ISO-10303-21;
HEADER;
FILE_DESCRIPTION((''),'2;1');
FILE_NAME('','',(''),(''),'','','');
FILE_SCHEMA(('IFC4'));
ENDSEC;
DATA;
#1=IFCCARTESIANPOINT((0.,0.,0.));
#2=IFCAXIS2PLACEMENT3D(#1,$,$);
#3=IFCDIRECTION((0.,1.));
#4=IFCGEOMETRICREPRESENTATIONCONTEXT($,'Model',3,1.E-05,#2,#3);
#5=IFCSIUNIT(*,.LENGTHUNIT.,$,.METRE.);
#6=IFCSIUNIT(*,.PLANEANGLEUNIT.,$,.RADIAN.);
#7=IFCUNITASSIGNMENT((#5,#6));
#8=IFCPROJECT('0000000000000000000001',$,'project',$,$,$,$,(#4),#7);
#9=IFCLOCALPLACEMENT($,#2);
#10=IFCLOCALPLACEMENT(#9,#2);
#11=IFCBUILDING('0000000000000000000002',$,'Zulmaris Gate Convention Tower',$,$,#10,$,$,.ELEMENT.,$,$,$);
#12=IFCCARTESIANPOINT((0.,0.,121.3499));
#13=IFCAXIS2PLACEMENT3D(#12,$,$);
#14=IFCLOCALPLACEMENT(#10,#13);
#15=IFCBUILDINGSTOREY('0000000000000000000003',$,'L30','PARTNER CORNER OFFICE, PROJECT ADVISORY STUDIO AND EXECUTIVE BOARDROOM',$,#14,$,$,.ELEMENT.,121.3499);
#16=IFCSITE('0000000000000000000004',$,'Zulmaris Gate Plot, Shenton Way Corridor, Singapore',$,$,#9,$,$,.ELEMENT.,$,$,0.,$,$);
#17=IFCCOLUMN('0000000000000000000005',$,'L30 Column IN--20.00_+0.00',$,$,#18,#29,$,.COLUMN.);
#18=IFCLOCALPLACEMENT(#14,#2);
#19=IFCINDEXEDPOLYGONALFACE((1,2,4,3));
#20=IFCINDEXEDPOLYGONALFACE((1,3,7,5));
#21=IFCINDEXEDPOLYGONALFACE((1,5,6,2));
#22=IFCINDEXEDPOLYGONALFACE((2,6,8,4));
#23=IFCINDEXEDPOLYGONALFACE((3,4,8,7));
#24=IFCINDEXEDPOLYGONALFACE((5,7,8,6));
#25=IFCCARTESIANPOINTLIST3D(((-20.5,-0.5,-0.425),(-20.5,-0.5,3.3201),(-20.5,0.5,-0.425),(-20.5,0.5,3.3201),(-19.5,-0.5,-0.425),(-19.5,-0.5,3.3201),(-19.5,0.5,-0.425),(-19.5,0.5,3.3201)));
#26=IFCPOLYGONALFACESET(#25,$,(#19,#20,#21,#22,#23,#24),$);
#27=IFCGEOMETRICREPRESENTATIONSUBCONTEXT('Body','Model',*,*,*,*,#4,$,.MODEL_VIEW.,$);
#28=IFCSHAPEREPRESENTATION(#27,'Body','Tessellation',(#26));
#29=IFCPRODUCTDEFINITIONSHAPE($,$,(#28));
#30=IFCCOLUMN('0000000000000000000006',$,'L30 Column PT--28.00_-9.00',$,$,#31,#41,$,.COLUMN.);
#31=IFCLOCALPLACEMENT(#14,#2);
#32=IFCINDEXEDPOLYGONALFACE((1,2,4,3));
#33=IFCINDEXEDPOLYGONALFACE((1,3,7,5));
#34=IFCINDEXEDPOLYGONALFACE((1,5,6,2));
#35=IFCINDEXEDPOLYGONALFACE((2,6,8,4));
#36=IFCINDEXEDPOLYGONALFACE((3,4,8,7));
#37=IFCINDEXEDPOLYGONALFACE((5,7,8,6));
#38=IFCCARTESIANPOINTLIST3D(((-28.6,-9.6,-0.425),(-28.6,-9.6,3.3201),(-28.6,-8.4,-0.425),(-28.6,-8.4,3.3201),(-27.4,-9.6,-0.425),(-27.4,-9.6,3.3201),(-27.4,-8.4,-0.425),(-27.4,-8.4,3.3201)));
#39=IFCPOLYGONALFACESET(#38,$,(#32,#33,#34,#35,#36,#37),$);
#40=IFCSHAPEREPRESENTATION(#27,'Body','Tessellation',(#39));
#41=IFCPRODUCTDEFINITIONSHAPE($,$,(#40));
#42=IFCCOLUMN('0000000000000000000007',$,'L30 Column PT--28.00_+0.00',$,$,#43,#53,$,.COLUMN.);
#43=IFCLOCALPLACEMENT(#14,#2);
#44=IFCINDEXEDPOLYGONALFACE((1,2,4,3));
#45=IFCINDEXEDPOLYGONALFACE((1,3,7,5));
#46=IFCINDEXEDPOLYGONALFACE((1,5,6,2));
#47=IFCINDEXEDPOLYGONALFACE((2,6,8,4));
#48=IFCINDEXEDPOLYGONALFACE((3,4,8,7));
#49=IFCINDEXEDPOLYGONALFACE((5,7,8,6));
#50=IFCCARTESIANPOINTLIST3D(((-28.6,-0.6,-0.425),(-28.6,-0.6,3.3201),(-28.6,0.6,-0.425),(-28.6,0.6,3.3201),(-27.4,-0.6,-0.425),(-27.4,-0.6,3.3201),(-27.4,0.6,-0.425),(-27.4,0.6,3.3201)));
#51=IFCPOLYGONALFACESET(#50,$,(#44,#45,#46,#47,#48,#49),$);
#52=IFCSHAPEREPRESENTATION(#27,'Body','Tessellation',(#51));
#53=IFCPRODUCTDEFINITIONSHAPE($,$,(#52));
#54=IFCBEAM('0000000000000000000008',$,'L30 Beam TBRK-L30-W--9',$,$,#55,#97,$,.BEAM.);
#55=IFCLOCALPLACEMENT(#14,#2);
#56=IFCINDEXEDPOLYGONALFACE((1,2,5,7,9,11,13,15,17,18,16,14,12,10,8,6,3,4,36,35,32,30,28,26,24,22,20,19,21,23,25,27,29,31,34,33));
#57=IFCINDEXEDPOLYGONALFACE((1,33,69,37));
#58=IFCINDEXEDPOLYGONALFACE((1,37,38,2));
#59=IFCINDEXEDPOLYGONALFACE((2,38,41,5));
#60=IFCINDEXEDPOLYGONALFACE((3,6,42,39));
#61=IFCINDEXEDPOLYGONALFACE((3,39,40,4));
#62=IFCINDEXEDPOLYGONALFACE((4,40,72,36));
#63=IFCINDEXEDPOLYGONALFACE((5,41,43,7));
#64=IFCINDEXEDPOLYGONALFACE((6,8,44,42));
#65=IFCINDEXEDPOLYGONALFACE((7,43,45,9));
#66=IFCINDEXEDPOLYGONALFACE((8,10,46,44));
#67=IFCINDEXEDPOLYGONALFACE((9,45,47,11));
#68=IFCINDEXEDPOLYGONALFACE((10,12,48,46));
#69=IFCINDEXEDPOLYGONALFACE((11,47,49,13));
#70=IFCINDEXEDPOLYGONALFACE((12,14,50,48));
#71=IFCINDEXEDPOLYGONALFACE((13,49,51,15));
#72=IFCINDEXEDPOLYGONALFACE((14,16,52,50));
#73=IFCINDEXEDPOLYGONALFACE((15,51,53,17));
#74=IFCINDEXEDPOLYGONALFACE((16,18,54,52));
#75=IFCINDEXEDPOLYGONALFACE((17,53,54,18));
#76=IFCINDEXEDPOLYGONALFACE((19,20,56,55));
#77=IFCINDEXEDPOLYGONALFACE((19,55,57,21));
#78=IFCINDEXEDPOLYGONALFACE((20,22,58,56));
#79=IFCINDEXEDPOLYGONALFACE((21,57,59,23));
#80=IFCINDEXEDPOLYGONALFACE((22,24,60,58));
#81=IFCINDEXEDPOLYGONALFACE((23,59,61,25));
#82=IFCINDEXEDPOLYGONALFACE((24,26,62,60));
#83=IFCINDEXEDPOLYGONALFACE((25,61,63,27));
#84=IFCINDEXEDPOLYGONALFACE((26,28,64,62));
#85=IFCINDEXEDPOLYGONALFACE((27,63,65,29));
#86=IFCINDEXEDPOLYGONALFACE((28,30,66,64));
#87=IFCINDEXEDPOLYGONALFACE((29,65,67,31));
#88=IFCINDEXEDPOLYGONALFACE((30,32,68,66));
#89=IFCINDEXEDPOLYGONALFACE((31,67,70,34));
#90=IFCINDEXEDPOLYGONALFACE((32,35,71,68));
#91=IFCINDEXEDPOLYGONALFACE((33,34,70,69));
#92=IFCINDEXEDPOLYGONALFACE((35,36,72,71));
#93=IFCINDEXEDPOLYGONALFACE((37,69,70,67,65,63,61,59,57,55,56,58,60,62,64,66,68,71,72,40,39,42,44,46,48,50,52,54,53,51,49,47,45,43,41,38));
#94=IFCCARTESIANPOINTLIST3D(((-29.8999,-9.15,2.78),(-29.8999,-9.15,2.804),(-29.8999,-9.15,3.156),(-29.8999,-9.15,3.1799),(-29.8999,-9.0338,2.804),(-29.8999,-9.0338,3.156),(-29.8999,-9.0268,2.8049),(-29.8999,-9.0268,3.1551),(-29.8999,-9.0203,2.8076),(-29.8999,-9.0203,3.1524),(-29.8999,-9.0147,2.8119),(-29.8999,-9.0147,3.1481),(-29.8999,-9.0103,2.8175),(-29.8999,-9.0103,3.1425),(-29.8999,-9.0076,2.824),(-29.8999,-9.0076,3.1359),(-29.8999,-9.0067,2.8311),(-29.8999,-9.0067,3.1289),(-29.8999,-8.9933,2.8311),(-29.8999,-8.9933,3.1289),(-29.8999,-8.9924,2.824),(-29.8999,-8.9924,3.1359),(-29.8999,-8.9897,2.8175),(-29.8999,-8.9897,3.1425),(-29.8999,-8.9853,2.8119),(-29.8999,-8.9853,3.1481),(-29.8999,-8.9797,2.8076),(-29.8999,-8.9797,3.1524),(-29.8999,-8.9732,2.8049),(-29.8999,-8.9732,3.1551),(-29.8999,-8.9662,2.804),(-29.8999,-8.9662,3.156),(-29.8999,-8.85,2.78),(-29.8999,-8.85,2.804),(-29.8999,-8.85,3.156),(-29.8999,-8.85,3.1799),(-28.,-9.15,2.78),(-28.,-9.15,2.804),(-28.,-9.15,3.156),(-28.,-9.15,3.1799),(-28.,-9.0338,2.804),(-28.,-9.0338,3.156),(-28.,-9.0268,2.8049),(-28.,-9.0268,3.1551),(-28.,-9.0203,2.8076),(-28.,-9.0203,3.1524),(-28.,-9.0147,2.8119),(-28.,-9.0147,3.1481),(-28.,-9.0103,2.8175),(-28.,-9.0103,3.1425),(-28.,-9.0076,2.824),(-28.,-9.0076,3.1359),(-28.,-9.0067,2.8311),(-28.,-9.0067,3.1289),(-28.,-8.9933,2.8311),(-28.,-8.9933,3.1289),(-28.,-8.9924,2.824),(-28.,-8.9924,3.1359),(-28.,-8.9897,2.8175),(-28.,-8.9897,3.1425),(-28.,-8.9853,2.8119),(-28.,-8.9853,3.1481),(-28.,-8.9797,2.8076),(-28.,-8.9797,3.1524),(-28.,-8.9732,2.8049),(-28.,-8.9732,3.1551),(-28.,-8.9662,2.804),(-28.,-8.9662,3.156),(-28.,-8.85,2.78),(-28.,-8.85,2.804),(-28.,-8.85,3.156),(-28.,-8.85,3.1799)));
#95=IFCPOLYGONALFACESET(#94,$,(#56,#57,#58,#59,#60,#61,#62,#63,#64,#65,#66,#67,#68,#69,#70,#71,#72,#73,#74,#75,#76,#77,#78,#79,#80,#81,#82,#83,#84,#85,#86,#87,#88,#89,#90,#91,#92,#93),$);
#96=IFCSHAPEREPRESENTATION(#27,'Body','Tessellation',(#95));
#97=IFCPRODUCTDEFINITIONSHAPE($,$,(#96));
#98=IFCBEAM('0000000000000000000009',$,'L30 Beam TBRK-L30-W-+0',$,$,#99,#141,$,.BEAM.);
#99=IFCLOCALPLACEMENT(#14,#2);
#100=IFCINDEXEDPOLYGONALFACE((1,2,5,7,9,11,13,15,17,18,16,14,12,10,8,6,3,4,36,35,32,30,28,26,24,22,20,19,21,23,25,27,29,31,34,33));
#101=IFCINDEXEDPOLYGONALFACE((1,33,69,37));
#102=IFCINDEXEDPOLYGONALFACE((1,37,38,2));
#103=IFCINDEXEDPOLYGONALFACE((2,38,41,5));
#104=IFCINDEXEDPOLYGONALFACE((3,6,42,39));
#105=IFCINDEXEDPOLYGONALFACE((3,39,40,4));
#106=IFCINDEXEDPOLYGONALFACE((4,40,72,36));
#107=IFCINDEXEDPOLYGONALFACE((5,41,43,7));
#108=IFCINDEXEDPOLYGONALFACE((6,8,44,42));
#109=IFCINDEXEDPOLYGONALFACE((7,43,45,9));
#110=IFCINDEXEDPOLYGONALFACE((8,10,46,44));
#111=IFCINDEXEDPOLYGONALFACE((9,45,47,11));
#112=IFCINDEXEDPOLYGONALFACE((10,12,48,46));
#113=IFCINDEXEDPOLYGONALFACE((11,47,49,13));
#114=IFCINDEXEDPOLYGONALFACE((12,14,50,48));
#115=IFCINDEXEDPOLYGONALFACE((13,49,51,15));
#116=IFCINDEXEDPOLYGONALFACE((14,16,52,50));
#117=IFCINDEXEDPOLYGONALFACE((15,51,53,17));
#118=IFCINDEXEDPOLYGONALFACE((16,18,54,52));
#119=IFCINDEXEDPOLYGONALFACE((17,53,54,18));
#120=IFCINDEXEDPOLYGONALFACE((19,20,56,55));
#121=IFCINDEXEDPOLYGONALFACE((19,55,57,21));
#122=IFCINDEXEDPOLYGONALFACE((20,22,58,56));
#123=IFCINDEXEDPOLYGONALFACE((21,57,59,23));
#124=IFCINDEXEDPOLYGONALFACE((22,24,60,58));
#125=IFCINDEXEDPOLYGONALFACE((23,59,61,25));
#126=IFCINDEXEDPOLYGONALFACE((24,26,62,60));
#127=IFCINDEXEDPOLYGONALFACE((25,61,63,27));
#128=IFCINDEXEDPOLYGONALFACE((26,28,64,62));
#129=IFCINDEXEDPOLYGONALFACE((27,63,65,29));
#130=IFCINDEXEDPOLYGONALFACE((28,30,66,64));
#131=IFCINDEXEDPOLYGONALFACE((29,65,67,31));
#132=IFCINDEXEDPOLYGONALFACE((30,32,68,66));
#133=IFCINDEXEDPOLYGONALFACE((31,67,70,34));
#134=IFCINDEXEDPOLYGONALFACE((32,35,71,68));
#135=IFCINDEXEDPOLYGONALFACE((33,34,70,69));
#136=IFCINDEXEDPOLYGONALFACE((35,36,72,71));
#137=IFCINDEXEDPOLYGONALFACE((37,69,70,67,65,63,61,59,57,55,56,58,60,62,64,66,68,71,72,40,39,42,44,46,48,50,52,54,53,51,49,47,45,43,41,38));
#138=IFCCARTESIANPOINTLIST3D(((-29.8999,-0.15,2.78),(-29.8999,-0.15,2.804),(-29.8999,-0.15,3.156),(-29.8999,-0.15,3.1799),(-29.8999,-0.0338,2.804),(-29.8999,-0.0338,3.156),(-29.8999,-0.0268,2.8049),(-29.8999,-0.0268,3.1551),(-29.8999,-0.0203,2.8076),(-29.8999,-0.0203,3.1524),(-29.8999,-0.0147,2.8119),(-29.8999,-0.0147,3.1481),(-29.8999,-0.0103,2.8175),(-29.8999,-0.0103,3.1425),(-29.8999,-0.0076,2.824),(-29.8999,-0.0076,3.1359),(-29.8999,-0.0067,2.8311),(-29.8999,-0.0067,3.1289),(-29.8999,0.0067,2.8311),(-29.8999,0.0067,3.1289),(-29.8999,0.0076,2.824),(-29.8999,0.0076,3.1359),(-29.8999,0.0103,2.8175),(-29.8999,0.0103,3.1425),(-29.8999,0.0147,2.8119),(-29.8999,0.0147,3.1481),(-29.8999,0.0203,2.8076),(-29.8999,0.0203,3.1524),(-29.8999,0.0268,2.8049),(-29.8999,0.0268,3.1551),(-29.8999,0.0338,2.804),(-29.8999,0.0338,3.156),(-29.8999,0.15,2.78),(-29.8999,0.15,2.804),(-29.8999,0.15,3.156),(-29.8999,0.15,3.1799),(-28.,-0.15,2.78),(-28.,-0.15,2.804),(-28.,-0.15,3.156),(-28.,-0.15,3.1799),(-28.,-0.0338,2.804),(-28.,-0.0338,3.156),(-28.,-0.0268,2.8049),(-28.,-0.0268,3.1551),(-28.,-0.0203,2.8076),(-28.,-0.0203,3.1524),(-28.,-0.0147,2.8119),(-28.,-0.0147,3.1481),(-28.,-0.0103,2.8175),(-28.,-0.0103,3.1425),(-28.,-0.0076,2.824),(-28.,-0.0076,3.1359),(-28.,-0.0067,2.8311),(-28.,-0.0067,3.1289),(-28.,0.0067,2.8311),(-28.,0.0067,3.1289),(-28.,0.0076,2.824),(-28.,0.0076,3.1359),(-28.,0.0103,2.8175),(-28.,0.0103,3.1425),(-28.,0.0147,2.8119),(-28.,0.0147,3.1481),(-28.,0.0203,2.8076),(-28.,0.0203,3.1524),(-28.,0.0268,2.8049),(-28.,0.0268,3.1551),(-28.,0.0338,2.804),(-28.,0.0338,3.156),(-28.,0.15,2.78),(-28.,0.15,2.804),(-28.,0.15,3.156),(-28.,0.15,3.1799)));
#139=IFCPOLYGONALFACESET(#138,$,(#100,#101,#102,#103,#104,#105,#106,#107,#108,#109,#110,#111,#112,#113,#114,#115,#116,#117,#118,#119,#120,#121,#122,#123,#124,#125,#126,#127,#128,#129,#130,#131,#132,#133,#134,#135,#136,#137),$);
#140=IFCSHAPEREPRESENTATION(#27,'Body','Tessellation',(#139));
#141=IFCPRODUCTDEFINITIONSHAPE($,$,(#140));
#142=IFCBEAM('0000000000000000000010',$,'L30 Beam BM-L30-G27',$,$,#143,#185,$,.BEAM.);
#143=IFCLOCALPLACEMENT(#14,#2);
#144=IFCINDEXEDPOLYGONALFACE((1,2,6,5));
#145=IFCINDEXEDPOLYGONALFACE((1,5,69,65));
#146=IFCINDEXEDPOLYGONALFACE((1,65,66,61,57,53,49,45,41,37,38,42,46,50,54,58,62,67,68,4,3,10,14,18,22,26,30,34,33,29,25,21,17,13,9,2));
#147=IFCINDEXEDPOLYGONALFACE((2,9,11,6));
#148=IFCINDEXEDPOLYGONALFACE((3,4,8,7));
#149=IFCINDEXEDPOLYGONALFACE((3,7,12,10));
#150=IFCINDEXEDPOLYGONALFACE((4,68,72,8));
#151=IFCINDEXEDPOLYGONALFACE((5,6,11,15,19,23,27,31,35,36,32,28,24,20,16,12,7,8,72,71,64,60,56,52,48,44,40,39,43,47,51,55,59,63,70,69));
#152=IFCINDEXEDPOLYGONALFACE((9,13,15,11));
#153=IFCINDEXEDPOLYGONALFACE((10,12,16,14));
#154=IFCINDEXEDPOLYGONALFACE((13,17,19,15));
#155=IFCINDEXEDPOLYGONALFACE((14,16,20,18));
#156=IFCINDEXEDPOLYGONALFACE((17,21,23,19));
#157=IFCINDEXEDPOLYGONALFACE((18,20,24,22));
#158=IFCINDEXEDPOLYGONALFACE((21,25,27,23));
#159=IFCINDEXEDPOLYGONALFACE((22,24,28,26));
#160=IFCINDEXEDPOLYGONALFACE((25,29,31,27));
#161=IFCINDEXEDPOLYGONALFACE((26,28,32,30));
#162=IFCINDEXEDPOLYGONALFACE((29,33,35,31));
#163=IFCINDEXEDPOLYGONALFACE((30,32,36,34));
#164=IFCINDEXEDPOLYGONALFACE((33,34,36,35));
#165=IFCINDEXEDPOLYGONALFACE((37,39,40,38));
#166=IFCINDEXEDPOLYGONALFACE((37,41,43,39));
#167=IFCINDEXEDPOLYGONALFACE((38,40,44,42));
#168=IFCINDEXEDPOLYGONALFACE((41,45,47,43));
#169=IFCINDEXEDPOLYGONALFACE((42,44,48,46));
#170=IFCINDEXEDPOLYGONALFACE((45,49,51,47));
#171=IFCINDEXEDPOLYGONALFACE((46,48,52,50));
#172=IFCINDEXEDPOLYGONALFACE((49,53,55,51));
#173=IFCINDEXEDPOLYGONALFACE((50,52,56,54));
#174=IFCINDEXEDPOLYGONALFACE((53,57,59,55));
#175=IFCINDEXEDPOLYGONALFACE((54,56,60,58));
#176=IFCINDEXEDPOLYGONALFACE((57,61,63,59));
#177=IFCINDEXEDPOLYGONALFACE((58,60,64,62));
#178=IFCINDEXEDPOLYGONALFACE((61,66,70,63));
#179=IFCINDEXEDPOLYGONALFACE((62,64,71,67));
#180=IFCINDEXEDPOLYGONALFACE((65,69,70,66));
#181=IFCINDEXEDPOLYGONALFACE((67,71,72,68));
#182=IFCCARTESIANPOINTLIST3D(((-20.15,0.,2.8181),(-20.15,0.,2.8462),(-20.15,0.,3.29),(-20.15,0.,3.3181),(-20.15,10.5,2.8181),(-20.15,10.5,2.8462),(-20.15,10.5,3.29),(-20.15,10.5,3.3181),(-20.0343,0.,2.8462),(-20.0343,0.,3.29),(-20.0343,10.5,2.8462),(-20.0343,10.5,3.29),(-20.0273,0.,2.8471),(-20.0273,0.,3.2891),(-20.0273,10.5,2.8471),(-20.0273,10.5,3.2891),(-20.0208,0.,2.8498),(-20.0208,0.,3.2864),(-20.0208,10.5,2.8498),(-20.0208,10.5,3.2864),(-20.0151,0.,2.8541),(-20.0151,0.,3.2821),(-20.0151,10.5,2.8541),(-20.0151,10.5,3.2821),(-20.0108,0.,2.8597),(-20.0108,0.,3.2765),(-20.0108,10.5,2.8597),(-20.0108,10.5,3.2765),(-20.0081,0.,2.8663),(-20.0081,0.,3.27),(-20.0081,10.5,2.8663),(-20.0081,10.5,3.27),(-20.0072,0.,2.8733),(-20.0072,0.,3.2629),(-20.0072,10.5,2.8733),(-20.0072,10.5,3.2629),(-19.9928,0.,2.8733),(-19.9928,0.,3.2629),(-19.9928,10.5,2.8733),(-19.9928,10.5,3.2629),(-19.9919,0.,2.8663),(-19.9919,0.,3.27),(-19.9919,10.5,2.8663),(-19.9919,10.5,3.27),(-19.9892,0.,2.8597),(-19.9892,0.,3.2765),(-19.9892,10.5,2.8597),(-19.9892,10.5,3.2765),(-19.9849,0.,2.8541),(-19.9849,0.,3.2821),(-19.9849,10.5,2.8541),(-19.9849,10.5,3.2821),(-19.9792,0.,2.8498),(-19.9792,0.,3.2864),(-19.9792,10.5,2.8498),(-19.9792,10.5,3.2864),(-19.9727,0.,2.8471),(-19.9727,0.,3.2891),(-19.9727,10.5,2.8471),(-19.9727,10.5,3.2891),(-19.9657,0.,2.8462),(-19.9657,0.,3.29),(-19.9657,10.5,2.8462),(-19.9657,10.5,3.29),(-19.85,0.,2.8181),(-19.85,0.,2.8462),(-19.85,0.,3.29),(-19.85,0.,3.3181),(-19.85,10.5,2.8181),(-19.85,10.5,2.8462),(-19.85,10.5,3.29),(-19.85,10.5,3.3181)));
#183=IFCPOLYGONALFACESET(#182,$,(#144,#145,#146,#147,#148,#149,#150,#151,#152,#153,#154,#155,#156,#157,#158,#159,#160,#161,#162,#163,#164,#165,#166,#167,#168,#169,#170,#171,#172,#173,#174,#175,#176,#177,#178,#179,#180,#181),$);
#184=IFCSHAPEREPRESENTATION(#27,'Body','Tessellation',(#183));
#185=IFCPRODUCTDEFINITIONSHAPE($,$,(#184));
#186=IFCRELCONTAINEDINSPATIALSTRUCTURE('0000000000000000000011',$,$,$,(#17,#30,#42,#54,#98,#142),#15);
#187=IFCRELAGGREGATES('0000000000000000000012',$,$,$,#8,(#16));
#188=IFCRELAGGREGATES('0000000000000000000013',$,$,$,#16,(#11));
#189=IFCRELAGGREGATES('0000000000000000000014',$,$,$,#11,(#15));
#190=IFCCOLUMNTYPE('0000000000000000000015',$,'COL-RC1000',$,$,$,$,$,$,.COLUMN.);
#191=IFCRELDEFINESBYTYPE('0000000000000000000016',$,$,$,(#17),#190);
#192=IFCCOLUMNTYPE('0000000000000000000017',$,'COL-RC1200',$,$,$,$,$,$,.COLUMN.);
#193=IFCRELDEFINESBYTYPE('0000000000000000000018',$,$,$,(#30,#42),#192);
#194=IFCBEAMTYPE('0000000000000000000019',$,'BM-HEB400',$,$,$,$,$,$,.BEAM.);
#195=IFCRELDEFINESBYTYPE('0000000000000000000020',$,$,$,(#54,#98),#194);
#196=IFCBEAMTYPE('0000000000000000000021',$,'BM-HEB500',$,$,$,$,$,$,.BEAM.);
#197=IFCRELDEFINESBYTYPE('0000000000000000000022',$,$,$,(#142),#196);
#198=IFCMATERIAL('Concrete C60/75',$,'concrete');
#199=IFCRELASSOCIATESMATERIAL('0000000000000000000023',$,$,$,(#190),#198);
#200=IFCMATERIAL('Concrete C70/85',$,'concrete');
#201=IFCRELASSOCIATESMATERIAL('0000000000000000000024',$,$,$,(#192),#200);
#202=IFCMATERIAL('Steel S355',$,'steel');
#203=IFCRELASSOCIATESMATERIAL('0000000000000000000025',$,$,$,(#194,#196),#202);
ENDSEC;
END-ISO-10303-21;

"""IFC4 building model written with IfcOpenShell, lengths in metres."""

from ifc_helpers import new_model, si_unit, direction, frame, origin, origin_2d, place, context, subcontext, project, spatial, rectangle, i_section, extrude, material, material_profile, profile_set, type_object, element, save


model = new_model("IFC4")

# Units and contexts
model_context = context("Model", 3, precision=1e-05, world=origin(), true_north=direction((0.0, 1.0)))
body_context = subcontext(model_context, "Body", "Model", "MODEL_VIEW")
ifc_project = project(units=[si_unit("LENGTHUNIT", "METRE"), si_unit("PLANEANGLEUNIT", "RADIAN")], contexts=[model_context])

# Site, building, storey
site_placement = place(None, origin())
site = spatial("IfcSite", under=ifc_project, at=site_placement, Name="Zulmaris Gate Plot, Shenton Way Corridor, Singapore", CompositionType="ELEMENT", RefElevation=0.0)
building_placement = place(site_placement, origin())
building = spatial("IfcBuilding", under=site, at=building_placement, Name="Zulmaris Gate Convention Tower", CompositionType="ELEMENT")
storey_placement = place(building_placement, frame((0.0, 0.0, 121.3499)))
storey = spatial("IfcBuildingStorey", under=building, at=storey_placement, Name="L30", Description="PARTNER CORNER OFFICE, PROJECT ADVISORY STUDIO AND EXECUTIVE BOARDROOM", CompositionType="ELEMENT", Elevation=121.3499)

# Columns
ifc_material_1 = material(Name="Concrete C60/75", Category="concrete")
ifc_material_profile_1 = material_profile(ifc_material_1, rectangle(XDim=1.0, YDim=1.0, at=origin_2d()), Name="RC COL 1000x1000")
ifc_profile_set_1 = profile_set([ifc_material_profile_1], Name="Concrete C60/75")
column_type_1 = type_object("IfcColumnType", Name="COL-RC1000", PredefinedType="COLUMN", material=ifc_profile_set_1)
column_placement = place(storey_placement, frame((-20.0, 0.0, -0.425), z_axis=(0.0, 0.0, 1.0), x_axis=(1.0, 0.0, 0.0)))
element("IfcColumn", 1, at=column_placement, inside=storey, type_object=column_type_1, Name="L30 Column IN--20.00_+0.00", PredefinedType="COLUMN", context=body_context, shape_type="SweptSolid", body=[
    extrude(rectangle(XDim=1.0, YDim=1.0, at=origin_2d()), origin(), (0.0, 0.0, 1.0), 3.7451),
])
ifc_material_2 = material(Name="Concrete C70/85", Category="concrete")
ifc_material_profile_2 = material_profile(ifc_material_2, rectangle(XDim=1.2, YDim=1.2, at=origin_2d()), Name="RC COL 1200x1200")
ifc_profile_set_2 = profile_set([ifc_material_profile_2], Name="Concrete C70/85")
column_type_2 = type_object("IfcColumnType", Name="COL-RC1200", PredefinedType="COLUMN", material=ifc_profile_set_2)
for number, where, z_axis, x_axis, name in (
    (2, (-28.0, -9.0, -0.425), (0.0, 0.0, 1.0), (1.0, 0.0, 0.0), "L30 Column PT--28.00_-9.00"),
    (3, (-28.0, 0.0, -0.425), (0.0, 0.0, 1.0), (1.0, 0.0, 0.0), "L30 Column PT--28.00_+0.00"),
):
    element("IfcColumn", number, at=place(storey_placement, frame(where, z_axis=z_axis, x_axis=x_axis)), inside=storey, type_object=column_type_2, Name=name, PredefinedType="COLUMN", context=body_context, shape_type="SweptSolid", body=[
        extrude(rectangle(XDim=1.2, YDim=1.2, at=origin_2d()), origin(), (0.0, 0.0, 1.0), 3.7451),
    ])

# Beams
ifc_material_3 = material(Name="Steel S355", Category="steel")
ifc_material_profile_3 = material_profile(ifc_material_3, i_section(OverallWidth=0.3, OverallDepth=0.3999, WebThickness=0.0134, FlangeThickness=0.0239, FilletRadius=0.0271, at=origin_2d()), Name="HEB 400")
ifc_profile_set_3 = profile_set([ifc_material_profile_3], Name="Steel S355")
beam_type_1 = type_object("IfcBeamType", Name="BM-HEB400", PredefinedType="BEAM", material=ifc_profile_set_3)
for number, where, z_axis, x_axis, name in (
    (4, (-29.8999, -9.0, 2.98), (1.0, 0.0, 0.0), (0.0, 1.0, 0.0), "L30 Beam TBRK-L30-W--9"),
    (5, (-29.8999, 0.0, 2.98), (1.0, 0.0, 0.0), (0.0, 1.0, 0.0), "L30 Beam TBRK-L30-W-+0"),
):
    element("IfcBeam", number, at=place(storey_placement, frame(where, z_axis=z_axis, x_axis=x_axis)), inside=storey, type_object=beam_type_1, Name=name, PredefinedType="BEAM", context=body_context, shape_type="SweptSolid", body=[
        extrude(i_section(OverallWidth=0.3, OverallDepth=0.3999, WebThickness=0.0134, FlangeThickness=0.0239, FilletRadius=0.0271, at=origin_2d()), origin(), (0.0, 0.0, 1.0), 1.8999),
    ])
ifc_material_profile_4 = material_profile(ifc_material_3, i_section(OverallWidth=0.3, OverallDepth=0.5, WebThickness=0.0144, FlangeThickness=0.0281, FilletRadius=0.0271, at=origin_2d()), Name="HEB 500")
ifc_profile_set_4 = profile_set([ifc_material_profile_4], Name="Steel S355")
beam_type_2 = type_object("IfcBeamType", Name="BM-HEB500", PredefinedType="BEAM", material=ifc_profile_set_4)
beam_1_placement = place(storey_placement, frame((-20.0, 0.0, 3.0681), z_axis=(0.0, 1.0, 0.0), x_axis=(-1.0, 0.0, 0.0)))
element("IfcBeam", 6, at=beam_1_placement, inside=storey, type_object=beam_type_2, Name="L30 Beam BM-L30-G27", PredefinedType="BEAM", context=body_context, shape_type="SweptSolid", body=[
    extrude(i_section(OverallWidth=0.3, OverallDepth=0.5, WebThickness=0.0144, FlangeThickness=0.0281, FilletRadius=0.0271, at=origin_2d()), origin(), (0.0, 0.0, 1.0), 10.5),
])

save(model, "model.ifc")
